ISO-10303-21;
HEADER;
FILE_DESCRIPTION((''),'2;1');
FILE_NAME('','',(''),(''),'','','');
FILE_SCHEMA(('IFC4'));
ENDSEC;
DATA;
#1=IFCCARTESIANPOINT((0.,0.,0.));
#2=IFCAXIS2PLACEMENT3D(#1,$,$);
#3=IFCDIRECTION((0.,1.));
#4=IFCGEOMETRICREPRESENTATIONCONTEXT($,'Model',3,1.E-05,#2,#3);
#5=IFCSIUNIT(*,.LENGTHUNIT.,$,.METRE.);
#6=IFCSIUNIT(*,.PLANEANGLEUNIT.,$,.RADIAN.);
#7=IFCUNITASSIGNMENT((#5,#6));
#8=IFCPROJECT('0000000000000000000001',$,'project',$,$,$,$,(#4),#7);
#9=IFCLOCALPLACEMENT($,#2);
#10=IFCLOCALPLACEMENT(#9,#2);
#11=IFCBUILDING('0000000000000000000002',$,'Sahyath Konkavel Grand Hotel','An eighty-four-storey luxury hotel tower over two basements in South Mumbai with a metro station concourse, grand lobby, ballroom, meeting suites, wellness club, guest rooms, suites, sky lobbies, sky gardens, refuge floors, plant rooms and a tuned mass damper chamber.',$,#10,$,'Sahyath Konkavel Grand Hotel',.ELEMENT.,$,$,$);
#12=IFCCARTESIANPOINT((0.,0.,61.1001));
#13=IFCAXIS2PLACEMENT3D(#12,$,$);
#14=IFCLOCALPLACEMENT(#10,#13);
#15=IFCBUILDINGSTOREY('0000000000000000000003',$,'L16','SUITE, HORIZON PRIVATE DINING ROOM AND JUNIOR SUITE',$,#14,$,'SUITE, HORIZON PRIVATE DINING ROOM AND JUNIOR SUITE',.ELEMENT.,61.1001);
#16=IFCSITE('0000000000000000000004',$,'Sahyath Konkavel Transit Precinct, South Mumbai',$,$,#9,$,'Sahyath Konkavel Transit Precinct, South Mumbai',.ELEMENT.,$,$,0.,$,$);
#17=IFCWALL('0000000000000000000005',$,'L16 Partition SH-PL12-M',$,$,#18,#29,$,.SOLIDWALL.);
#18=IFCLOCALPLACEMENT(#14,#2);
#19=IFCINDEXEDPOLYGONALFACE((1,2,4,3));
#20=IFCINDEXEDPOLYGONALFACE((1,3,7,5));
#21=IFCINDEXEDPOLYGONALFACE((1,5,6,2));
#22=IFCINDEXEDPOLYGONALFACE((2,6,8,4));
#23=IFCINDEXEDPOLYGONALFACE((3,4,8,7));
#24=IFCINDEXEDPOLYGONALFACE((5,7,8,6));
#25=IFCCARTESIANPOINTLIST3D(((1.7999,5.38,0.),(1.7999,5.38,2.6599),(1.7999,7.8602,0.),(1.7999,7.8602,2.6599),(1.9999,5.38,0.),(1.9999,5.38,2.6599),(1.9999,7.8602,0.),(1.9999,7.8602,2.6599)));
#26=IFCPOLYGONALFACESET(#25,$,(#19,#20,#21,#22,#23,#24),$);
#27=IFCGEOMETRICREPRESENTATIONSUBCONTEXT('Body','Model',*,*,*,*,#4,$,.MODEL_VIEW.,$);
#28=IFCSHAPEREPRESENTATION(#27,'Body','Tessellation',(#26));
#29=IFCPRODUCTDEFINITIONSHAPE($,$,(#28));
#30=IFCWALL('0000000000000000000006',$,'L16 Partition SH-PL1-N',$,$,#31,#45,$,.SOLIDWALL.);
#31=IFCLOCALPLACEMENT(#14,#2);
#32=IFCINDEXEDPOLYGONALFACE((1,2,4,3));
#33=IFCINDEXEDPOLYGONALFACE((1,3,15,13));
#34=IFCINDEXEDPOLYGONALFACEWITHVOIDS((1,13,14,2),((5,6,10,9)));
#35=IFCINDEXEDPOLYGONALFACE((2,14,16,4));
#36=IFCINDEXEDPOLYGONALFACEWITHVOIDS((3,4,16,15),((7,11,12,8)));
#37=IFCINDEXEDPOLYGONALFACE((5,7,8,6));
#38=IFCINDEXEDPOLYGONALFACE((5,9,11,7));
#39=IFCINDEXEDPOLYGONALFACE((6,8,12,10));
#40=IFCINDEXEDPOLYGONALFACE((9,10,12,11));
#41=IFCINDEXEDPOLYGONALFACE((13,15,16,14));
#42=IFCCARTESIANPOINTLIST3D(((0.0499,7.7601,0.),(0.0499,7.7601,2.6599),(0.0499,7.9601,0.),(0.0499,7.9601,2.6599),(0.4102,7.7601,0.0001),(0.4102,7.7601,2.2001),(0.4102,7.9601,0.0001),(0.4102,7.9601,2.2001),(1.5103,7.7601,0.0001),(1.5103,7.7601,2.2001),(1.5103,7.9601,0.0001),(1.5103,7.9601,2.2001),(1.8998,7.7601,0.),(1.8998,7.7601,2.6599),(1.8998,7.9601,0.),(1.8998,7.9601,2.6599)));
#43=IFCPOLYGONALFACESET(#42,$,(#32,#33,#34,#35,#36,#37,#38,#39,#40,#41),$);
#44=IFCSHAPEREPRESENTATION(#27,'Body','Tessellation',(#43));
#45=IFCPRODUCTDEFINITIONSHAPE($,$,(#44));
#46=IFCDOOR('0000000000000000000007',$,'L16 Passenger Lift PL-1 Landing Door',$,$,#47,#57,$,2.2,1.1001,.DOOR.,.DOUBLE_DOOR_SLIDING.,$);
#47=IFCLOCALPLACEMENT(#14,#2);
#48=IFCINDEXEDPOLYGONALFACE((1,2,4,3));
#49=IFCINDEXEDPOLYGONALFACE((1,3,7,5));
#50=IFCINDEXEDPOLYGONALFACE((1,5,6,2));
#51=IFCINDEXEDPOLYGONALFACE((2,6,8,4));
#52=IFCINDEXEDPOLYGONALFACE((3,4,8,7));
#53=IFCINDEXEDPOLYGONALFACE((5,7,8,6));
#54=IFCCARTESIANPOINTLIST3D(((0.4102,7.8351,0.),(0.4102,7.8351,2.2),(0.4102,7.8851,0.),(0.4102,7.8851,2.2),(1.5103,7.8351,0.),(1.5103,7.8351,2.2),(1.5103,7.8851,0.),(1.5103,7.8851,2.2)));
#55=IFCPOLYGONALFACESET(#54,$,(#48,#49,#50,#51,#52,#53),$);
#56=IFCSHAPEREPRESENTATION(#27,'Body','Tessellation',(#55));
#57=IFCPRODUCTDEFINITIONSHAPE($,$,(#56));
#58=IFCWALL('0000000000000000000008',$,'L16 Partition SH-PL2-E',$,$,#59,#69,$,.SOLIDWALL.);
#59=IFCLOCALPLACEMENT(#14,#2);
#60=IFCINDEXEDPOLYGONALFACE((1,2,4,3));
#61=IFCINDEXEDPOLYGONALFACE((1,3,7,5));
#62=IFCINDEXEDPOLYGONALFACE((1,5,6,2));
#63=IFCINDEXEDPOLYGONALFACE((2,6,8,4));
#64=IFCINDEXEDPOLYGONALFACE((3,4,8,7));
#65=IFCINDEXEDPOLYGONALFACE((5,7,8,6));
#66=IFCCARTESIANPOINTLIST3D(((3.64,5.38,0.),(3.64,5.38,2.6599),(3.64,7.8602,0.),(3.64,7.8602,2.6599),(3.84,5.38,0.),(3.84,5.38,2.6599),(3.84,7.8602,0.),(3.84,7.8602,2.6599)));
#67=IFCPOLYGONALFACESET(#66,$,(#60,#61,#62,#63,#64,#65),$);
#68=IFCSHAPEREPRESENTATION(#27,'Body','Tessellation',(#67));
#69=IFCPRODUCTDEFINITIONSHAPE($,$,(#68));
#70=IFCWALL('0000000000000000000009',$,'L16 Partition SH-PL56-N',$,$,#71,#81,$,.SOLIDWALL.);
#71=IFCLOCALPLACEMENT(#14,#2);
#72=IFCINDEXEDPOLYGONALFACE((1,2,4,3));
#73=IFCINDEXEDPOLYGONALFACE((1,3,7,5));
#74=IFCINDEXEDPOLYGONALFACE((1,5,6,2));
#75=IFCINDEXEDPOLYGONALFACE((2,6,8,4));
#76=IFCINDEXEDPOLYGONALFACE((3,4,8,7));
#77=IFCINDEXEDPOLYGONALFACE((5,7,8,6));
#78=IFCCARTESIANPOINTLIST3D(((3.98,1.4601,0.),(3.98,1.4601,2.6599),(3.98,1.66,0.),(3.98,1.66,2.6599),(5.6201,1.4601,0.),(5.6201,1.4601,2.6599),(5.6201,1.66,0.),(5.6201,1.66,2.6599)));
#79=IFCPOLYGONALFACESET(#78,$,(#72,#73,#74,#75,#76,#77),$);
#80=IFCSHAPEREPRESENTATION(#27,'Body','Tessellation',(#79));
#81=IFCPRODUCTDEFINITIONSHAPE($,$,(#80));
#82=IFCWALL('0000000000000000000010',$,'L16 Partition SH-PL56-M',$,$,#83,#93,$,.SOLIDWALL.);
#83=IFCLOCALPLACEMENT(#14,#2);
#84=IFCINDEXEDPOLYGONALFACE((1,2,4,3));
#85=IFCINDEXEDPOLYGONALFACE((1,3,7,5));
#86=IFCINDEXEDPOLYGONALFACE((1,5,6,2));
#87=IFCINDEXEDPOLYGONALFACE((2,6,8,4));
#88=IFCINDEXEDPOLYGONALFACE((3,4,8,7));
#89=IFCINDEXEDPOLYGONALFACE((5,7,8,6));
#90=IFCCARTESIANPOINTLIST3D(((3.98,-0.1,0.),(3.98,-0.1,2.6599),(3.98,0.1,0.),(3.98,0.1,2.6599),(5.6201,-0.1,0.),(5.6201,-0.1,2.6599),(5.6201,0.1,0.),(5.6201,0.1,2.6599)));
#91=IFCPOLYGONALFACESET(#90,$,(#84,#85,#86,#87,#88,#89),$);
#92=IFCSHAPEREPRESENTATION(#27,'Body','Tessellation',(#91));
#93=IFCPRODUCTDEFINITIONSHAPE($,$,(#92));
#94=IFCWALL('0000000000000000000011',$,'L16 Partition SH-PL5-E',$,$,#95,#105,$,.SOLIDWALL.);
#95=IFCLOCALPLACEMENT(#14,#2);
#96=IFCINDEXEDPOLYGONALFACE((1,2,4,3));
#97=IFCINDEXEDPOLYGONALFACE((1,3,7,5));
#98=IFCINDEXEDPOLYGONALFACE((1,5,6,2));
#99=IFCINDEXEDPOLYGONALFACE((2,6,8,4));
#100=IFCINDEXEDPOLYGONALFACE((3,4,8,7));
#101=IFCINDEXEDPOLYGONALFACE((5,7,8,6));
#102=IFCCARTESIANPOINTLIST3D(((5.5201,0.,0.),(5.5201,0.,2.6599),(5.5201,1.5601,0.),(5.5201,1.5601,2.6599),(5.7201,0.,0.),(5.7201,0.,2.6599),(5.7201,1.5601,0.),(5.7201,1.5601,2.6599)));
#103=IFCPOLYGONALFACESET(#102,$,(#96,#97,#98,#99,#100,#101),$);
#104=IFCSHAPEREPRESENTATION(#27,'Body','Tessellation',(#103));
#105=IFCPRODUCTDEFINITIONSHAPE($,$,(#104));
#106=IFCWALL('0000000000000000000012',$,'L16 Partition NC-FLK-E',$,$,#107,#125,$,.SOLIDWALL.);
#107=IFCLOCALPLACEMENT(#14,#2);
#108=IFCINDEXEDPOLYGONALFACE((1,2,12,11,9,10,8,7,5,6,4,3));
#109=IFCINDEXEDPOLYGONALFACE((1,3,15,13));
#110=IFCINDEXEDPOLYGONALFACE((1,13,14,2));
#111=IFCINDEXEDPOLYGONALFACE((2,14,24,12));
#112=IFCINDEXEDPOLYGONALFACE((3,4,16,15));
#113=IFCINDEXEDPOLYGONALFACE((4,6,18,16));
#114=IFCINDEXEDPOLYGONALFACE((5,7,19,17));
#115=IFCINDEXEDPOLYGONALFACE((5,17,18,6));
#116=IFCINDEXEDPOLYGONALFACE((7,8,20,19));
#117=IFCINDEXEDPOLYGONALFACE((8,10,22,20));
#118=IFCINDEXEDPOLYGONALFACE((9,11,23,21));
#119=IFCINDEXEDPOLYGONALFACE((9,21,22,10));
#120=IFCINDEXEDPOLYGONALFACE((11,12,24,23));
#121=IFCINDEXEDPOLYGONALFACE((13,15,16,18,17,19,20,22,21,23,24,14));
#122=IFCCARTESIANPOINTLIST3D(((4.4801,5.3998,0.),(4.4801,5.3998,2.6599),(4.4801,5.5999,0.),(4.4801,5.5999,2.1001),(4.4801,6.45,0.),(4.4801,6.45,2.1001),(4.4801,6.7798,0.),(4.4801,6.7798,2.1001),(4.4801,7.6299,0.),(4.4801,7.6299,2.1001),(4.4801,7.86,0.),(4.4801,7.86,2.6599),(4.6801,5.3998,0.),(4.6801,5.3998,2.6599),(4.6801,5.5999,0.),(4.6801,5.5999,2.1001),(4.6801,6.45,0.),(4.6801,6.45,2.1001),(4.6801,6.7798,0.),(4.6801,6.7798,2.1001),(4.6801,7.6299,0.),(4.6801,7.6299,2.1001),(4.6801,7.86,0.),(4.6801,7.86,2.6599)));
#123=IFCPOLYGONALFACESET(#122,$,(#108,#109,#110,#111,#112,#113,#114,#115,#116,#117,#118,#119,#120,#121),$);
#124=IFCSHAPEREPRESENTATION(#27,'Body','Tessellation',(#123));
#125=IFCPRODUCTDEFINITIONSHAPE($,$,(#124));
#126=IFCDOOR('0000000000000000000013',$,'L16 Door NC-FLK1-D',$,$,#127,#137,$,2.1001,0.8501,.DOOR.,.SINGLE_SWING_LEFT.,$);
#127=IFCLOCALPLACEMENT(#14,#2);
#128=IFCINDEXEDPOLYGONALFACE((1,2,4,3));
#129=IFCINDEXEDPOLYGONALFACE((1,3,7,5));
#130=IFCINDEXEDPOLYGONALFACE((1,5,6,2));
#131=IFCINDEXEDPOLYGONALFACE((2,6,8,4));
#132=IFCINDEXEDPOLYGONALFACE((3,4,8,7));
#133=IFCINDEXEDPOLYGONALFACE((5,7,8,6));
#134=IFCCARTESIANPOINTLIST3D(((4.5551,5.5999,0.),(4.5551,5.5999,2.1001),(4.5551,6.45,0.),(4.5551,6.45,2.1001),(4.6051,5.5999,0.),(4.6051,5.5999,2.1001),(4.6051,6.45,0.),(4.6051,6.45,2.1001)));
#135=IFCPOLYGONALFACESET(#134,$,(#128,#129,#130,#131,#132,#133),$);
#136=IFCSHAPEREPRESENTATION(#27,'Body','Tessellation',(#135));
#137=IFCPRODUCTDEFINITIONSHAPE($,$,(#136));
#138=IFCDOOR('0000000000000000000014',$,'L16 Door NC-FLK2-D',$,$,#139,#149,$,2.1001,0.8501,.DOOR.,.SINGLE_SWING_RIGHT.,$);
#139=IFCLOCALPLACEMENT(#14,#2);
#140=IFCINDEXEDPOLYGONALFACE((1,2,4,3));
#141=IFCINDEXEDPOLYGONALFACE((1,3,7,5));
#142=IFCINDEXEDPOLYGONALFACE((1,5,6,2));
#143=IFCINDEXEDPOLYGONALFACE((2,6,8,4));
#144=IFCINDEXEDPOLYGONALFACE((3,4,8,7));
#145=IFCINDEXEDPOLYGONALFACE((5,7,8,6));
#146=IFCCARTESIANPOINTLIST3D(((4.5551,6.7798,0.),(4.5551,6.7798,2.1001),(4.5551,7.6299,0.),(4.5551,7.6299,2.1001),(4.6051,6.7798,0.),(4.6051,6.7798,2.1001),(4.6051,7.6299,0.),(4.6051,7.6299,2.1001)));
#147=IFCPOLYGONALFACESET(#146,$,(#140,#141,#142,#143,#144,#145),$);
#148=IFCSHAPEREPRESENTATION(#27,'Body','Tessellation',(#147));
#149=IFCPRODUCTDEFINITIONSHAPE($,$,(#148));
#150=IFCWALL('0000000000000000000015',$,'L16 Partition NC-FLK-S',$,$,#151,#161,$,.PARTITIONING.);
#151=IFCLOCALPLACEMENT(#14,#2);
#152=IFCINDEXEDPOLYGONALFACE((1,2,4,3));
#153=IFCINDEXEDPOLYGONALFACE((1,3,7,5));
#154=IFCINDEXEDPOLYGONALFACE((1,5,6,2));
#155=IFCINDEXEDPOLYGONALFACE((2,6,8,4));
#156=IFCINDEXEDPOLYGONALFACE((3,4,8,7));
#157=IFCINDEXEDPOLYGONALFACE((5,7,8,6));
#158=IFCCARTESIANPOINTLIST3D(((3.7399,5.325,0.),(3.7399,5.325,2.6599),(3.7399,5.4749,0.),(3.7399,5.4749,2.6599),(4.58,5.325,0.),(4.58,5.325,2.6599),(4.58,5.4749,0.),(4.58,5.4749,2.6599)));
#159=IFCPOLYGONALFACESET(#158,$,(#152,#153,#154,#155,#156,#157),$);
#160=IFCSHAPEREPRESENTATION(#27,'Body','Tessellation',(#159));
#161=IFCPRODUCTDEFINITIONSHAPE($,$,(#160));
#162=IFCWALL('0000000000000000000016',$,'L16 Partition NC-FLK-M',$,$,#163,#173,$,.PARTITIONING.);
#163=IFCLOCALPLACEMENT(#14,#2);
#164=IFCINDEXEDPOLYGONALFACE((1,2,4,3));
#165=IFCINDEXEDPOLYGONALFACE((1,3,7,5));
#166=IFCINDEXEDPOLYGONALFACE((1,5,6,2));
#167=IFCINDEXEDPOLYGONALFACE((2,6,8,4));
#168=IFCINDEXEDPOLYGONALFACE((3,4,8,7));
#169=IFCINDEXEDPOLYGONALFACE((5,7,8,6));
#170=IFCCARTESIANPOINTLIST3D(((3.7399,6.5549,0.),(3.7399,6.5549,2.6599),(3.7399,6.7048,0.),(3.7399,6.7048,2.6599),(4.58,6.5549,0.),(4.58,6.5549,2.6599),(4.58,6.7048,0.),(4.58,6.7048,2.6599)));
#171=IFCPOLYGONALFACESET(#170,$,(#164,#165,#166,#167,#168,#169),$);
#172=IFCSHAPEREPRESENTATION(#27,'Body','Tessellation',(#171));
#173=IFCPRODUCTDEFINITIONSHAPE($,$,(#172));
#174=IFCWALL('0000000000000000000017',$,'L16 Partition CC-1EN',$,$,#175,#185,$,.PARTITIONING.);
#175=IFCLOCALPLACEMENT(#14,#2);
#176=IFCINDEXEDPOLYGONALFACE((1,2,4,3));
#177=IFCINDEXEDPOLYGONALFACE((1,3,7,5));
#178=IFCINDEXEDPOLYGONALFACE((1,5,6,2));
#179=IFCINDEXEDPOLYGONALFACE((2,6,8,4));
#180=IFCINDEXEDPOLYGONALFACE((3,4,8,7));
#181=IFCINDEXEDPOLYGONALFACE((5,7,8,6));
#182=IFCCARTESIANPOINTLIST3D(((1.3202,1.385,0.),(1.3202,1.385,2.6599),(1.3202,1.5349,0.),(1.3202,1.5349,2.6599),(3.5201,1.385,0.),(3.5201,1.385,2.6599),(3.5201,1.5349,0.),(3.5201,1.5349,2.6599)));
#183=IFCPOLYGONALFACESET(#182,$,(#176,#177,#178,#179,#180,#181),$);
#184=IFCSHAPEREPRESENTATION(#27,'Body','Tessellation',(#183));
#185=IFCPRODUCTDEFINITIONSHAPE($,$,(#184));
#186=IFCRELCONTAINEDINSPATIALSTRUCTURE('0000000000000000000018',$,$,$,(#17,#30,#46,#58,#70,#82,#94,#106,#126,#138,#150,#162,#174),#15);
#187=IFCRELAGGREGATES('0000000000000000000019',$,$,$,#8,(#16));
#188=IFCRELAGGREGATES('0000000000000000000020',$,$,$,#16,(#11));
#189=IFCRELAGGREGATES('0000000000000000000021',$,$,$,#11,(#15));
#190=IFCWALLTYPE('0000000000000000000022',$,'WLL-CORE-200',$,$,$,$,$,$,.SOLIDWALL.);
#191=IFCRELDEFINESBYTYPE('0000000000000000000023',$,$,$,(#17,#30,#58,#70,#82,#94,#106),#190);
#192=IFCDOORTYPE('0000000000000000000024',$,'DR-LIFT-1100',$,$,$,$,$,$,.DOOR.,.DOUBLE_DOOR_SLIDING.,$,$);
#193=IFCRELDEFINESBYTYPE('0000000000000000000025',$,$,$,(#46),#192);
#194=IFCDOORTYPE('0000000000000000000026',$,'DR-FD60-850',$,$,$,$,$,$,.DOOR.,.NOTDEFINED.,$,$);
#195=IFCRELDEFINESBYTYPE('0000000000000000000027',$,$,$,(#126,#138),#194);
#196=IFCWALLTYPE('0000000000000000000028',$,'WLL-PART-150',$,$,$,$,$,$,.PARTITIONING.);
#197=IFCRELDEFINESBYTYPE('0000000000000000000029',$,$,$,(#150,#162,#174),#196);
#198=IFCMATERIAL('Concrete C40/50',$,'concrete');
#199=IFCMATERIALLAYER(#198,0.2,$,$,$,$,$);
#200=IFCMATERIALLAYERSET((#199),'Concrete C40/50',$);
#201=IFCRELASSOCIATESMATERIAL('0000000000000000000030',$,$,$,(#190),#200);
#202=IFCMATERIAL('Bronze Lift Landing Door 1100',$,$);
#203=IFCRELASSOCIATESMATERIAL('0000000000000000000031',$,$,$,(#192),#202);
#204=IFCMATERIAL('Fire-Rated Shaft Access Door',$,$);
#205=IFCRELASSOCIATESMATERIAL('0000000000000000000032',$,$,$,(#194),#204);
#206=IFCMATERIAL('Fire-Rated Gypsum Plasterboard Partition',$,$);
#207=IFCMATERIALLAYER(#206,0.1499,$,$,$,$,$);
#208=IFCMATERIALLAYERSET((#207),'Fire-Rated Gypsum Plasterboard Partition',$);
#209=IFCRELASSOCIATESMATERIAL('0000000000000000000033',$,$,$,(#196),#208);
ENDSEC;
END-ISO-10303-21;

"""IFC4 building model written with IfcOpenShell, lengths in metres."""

from ifc_helpers import new_model, si_unit, direction, frame, frame_2d, origin, origin_2d, place, context, subcontext, project, spatial, rectangle, extrude, source, transform, mapped, material, layer, layer_set, type_object, element, fill, save


model = new_model("IFC4")

# Units and contexts
model_context = context("Model", 3, precision=1e-05, world=origin(), true_north=direction((0.0, 1.0)))
body_context = subcontext(model_context, "Body", "Model", "MODEL_VIEW")
ifc_project = project(units=[si_unit("LENGTHUNIT", "METRE"), si_unit("PLANEANGLEUNIT", "RADIAN")], contexts=[model_context])

# Site, building, storey
site_placement = place(None, origin())
site = spatial("IfcSite", under=ifc_project, at=site_placement, Name="Sahyath Konkavel Transit Precinct, South Mumbai", LongName="Sahyath Konkavel Transit Precinct, South Mumbai", CompositionType="ELEMENT", RefElevation=0.0)
building_placement = place(site_placement, origin())
building = spatial("IfcBuilding", under=site, at=building_placement, Name="Sahyath Konkavel Grand Hotel", Description="An eighty-four-storey luxury hotel tower over two basements in South Mumbai with a metro station concourse, grand lobby, ballroom, meeting suites, wellness club, guest rooms, suites, sky lobbies, sky gardens, refuge floors, plant rooms and a tuned mass damper chamber.", LongName="Sahyath Konkavel Grand Hotel", CompositionType="ELEMENT")
storey_placement = place(building_placement, frame((0.0, 0.0, 61.1001)))
storey = spatial("IfcBuildingStorey", under=building, at=storey_placement, Name="L16", Description="SUITE, HORIZON PRIVATE DINING ROOM AND JUNIOR SUITE", LongName="SUITE, HORIZON PRIVATE DINING ROOM AND JUNIOR SUITE", CompositionType="ELEMENT", Elevation=61.1001)

# Shared definitions
ifc_material_1 = material(Name="Concrete C40/50", Category="concrete")

# Shared definitions
ifc_layer_1 = layer(ifc_material_1, 0.2)
ifc_layer_set_1 = layer_set([ifc_layer_1], Name="Concrete C40/50")
wall_type_1 = type_object("IfcWallType", Name="WLL-CORE-200", PredefinedType="SOLIDWALL", material=ifc_layer_set_1)

# Shared definitions
ifc_material_2 = material(Name="Bronze Lift Landing Door 1100")
door_type_1 = type_object("IfcDoorType", Name="DR-LIFT-1100", OperationType="DOUBLE_DOOR_SLIDING", PredefinedType="DOOR", material=ifc_material_2)
shared_shape_1 = source(origin(), body_context, "Body", "SweptSolid", [
    extrude(rectangle(XDim=1.1001, YDim=0.05, at=origin_2d()), origin(), (0.0, 0.0, 1.0), 2.2),
])

# Wall
wall_1_placement = place(storey_placement, frame((1.8999, 5.3799, 0.0), z_axis=(0.0, 0.0, 1.0), x_axis=(0.0, 1.0, 0.0)))
element("IfcWall", 1, at=wall_1_placement, inside=storey, type_object=wall_type_1, Name="L16 Partition SH-PL12-M", PredefinedType="SOLIDWALL", context=body_context, shape_type="SweptSolid", body=[
    extrude(rectangle(XDim=2.4802, YDim=0.2, at=frame_2d((1.2402, 0.0))), origin(), (0.0, 0.0, 1.0), 2.6599),
])

# Wall, opening, door
wall_2_placement = place(storey_placement, frame((0.05, 7.8601, 0.0), z_axis=(0.0, 0.0, 1.0), x_axis=(1.0, 0.0, 0.0)))
wall_2 = element("IfcWall", 2, at=wall_2_placement, inside=storey, type_object=wall_type_1, Name="L16 Partition SH-PL1-N", PredefinedType="SOLIDWALL", context=body_context, shape_type="SweptSolid", body=[
    extrude(rectangle(XDim=1.8499, YDim=0.2, at=frame_2d((0.9248, 0.0))), origin(), (0.0, 0.0, 1.0), 2.6599),
])
opening_1_placement = place(wall_2_placement, frame((0.3601, 0.0, 0.0)))
opening_1 = element("IfcOpeningElement", 3, at=opening_1_placement, cuts=wall_2, PredefinedType="OPENING", context=body_context, shape_type="SweptSolid", body=[
    extrude(rectangle(XDim=1.1001, YDim=2.2, at=frame_2d((0.55, 1.1001))), frame((0.0, 0.1099, 0.0), z_axis=(0.0, -1.0, 0.0), x_axis=(1.0, 0.0, 0.0)), (0.0, 0.0, 1.0), 0.22),
])
door_1_placement = place(opening_1_placement, frame((0.55, 0.0, 0.0)))
door_1 = element("IfcDoor", 4, at=door_1_placement, inside=storey, type_object=door_type_1, Name="L16 Passenger Lift PL-1 Landing Door", OperationType="DOUBLE_DOOR_SLIDING", OverallHeight=2.2, OverallWidth=1.1001, PredefinedType="DOOR", context=body_context, shape_type="MappedRepresentation", body=[
    mapped(shared_shape_1, transform((0.0, 0.0, 0.0), scale=1.0)),
])
fill(opening_1, door_1)

# Walls
wall_3_placement = place(storey_placement, frame((3.74, 5.3799, 0.0), z_axis=(0.0, 0.0, 1.0), x_axis=(0.0, 1.0, 0.0)))
element("IfcWall", 5, at=wall_3_placement, inside=storey, type_object=wall_type_1, Name="L16 Partition SH-PL2-E", PredefinedType="SOLIDWALL", context=body_context, shape_type="SweptSolid", body=[
    extrude(rectangle(XDim=2.4802, YDim=0.2, at=frame_2d((1.2402, 0.0))), origin(), (0.0, 0.0, 1.0), 2.6599),
])
for number, where, z_axis, x_axis, name in (
    (6, (3.98, 1.5601, 0.0), (0.0, 0.0, 1.0), (1.0, 0.0, 0.0), "L16 Partition SH-PL56-N"),
    (7, (3.98, 0.0, 0.0), (0.0, 0.0, 1.0), (1.0, 0.0, 0.0), "L16 Partition SH-PL56-M"),
):
    element("IfcWall", number, at=place(storey_placement, frame(where, z_axis=z_axis, x_axis=x_axis)), inside=storey, type_object=wall_type_1, Name=name, PredefinedType="SOLIDWALL", context=body_context, shape_type="SweptSolid", body=[
        extrude(rectangle(XDim=1.6401, YDim=0.2, at=frame_2d((0.8201, 0.0))), origin(), (0.0, 0.0, 1.0), 2.6599),
    ])
wall_4_placement = place(storey_placement, frame((5.6201, 0.0, 0.0), z_axis=(0.0, 0.0, 1.0), x_axis=(0.0, 1.0, 0.0)))
element("IfcWall", 8, at=wall_4_placement, inside=storey, type_object=wall_type_1, Name="L16 Partition SH-PL5-E", PredefinedType="SOLIDWALL", context=body_context, shape_type="SweptSolid", body=[
    extrude(rectangle(XDim=1.5601, YDim=0.2, at=frame_2d((0.78, 0.0))), origin(), (0.0, 0.0, 1.0), 2.6599),
])

# Wall, openings, doors
wall_5_placement = place(storey_placement, frame((4.5801, 5.3999, 0.0), z_axis=(0.0, 0.0, 1.0), x_axis=(0.0, 1.0, 0.0)))
wall_5 = element("IfcWall", 9, at=wall_5_placement, inside=storey, type_object=wall_type_1, Name="L16 Partition NC-FLK-E", PredefinedType="SOLIDWALL", context=body_context, shape_type="SweptSolid", body=[
    extrude(rectangle(XDim=2.4602, YDim=0.2, at=frame_2d((1.23, 0.0))), origin(), (0.0, 0.0, 1.0), 2.6599),
])
opening_2_placement = place(wall_5_placement, frame((0.2, 0.0, 0.0)))
opening_2 = element("IfcOpeningElement", 10, at=opening_2_placement, cuts=wall_5, PredefinedType="OPENING", context=body_context, shape_type="SweptSolid", body=[
    extrude(rectangle(XDim=0.8501, YDim=2.1001, at=frame_2d((0.425, 1.05))), frame((0.0, 0.1099, 0.0), z_axis=(0.0, -1.0, 0.0), x_axis=(1.0, 0.0, 0.0)), (0.0, 0.0, 1.0), 0.22),
])
opening_3_placement = place(wall_5_placement, frame((1.3799, 0.0, 0.0)))
opening_3 = element("IfcOpeningElement", 11, at=opening_3_placement, cuts=wall_5, PredefinedType="OPENING", context=body_context, shape_type="SweptSolid", body=[
    extrude(rectangle(XDim=0.8501, YDim=2.1001, at=frame_2d((0.425, 1.05))), frame((0.0, 0.1099, 0.0), z_axis=(0.0, -1.0, 0.0), x_axis=(1.0, 0.0, 0.0)), (0.0, 0.0, 1.0), 0.22),
])
ifc_material_3 = material(Name="Fire-Rated Shaft Access Door")
door_type_2 = type_object("IfcDoorType", Name="DR-FD60-850", OperationType="NOTDEFINED", PredefinedType="DOOR", material=ifc_material_3)
shared_shape_2 = source(origin(), body_context, "Body", "SweptSolid", [
    extrude(rectangle(XDim=0.8501, YDim=0.05, at=origin_2d()), origin(), (0.0, 0.0, 1.0), 2.1001),
])
door_2_placement = place(opening_2_placement, frame((0.425, 0.0, 0.0)))
door_2 = element("IfcDoor", 12, at=door_2_placement, inside=storey, type_object=door_type_2, Name="L16 Door NC-FLK1-D", OperationType="SINGLE_SWING_LEFT", OverallHeight=2.1001, OverallWidth=0.8501, PredefinedType="DOOR", context=body_context, shape_type="MappedRepresentation", body=[
    mapped(shared_shape_2, transform((0.0, 0.0, 0.0), scale=1.0)),
])
fill(opening_2, door_2)
door_3_placement = place(opening_3_placement, frame((0.425, 0.0, 0.0)))
door_3 = element("IfcDoor", 13, at=door_3_placement, inside=storey, type_object=door_type_2, Name="L16 Door NC-FLK2-D", OperationType="SINGLE_SWING_RIGHT", OverallHeight=2.1001, OverallWidth=0.8501, PredefinedType="DOOR", context=body_context, shape_type="MappedRepresentation", body=[
    mapped(shared_shape_2, transform((0.0, 0.0, 0.0), scale=1.0)),
])
fill(opening_3, door_3)

# Walls
ifc_material_4 = material(Name="Fire-Rated Gypsum Plasterboard Partition")
ifc_layer_2 = layer(ifc_material_4, 0.1499)
ifc_layer_set_2 = layer_set([ifc_layer_2], Name="Fire-Rated Gypsum Plasterboard Partition")
wall_type_2 = type_object("IfcWallType", Name="WLL-PART-150", PredefinedType="PARTITIONING", material=ifc_layer_set_2)
for number, where, z_axis, x_axis, name in (
    (14, (3.74, 5.3999, 0.0), (0.0, 0.0, 1.0), (1.0, 0.0, 0.0), "L16 Partition NC-FLK-S"),
    (15, (3.74, 6.6299, 0.0), (0.0, 0.0, 1.0), (1.0, 0.0, 0.0), "L16 Partition NC-FLK-M"),
):
    element("IfcWall", number, at=place(storey_placement, frame(where, z_axis=z_axis, x_axis=x_axis)), inside=storey, type_object=wall_type_2, Name=name, PredefinedType="PARTITIONING", context=body_context, shape_type="SweptSolid", body=[
        extrude(rectangle(XDim=0.8401, YDim=0.1499, at=frame_2d((0.4199, 0.0))), origin(), (0.0, 0.0, 1.0), 2.6599),
    ])
wall_6_placement = place(storey_placement, frame((1.3201, 1.46, 0.0), z_axis=(0.0, 0.0, 1.0), x_axis=(1.0, 0.0, 0.0)))
element("IfcWall", 16, at=wall_6_placement, inside=storey, type_object=wall_type_2, Name="L16 Partition CC-1EN", PredefinedType="PARTITIONING", context=body_context, shape_type="SweptSolid", body=[
    extrude(rectangle(XDim=2.2, YDim=0.1499, at=frame_2d((1.1001, 0.0))), origin(), (0.0, 0.0, 1.0), 2.6599),
])

save(model, "model.ifc")
